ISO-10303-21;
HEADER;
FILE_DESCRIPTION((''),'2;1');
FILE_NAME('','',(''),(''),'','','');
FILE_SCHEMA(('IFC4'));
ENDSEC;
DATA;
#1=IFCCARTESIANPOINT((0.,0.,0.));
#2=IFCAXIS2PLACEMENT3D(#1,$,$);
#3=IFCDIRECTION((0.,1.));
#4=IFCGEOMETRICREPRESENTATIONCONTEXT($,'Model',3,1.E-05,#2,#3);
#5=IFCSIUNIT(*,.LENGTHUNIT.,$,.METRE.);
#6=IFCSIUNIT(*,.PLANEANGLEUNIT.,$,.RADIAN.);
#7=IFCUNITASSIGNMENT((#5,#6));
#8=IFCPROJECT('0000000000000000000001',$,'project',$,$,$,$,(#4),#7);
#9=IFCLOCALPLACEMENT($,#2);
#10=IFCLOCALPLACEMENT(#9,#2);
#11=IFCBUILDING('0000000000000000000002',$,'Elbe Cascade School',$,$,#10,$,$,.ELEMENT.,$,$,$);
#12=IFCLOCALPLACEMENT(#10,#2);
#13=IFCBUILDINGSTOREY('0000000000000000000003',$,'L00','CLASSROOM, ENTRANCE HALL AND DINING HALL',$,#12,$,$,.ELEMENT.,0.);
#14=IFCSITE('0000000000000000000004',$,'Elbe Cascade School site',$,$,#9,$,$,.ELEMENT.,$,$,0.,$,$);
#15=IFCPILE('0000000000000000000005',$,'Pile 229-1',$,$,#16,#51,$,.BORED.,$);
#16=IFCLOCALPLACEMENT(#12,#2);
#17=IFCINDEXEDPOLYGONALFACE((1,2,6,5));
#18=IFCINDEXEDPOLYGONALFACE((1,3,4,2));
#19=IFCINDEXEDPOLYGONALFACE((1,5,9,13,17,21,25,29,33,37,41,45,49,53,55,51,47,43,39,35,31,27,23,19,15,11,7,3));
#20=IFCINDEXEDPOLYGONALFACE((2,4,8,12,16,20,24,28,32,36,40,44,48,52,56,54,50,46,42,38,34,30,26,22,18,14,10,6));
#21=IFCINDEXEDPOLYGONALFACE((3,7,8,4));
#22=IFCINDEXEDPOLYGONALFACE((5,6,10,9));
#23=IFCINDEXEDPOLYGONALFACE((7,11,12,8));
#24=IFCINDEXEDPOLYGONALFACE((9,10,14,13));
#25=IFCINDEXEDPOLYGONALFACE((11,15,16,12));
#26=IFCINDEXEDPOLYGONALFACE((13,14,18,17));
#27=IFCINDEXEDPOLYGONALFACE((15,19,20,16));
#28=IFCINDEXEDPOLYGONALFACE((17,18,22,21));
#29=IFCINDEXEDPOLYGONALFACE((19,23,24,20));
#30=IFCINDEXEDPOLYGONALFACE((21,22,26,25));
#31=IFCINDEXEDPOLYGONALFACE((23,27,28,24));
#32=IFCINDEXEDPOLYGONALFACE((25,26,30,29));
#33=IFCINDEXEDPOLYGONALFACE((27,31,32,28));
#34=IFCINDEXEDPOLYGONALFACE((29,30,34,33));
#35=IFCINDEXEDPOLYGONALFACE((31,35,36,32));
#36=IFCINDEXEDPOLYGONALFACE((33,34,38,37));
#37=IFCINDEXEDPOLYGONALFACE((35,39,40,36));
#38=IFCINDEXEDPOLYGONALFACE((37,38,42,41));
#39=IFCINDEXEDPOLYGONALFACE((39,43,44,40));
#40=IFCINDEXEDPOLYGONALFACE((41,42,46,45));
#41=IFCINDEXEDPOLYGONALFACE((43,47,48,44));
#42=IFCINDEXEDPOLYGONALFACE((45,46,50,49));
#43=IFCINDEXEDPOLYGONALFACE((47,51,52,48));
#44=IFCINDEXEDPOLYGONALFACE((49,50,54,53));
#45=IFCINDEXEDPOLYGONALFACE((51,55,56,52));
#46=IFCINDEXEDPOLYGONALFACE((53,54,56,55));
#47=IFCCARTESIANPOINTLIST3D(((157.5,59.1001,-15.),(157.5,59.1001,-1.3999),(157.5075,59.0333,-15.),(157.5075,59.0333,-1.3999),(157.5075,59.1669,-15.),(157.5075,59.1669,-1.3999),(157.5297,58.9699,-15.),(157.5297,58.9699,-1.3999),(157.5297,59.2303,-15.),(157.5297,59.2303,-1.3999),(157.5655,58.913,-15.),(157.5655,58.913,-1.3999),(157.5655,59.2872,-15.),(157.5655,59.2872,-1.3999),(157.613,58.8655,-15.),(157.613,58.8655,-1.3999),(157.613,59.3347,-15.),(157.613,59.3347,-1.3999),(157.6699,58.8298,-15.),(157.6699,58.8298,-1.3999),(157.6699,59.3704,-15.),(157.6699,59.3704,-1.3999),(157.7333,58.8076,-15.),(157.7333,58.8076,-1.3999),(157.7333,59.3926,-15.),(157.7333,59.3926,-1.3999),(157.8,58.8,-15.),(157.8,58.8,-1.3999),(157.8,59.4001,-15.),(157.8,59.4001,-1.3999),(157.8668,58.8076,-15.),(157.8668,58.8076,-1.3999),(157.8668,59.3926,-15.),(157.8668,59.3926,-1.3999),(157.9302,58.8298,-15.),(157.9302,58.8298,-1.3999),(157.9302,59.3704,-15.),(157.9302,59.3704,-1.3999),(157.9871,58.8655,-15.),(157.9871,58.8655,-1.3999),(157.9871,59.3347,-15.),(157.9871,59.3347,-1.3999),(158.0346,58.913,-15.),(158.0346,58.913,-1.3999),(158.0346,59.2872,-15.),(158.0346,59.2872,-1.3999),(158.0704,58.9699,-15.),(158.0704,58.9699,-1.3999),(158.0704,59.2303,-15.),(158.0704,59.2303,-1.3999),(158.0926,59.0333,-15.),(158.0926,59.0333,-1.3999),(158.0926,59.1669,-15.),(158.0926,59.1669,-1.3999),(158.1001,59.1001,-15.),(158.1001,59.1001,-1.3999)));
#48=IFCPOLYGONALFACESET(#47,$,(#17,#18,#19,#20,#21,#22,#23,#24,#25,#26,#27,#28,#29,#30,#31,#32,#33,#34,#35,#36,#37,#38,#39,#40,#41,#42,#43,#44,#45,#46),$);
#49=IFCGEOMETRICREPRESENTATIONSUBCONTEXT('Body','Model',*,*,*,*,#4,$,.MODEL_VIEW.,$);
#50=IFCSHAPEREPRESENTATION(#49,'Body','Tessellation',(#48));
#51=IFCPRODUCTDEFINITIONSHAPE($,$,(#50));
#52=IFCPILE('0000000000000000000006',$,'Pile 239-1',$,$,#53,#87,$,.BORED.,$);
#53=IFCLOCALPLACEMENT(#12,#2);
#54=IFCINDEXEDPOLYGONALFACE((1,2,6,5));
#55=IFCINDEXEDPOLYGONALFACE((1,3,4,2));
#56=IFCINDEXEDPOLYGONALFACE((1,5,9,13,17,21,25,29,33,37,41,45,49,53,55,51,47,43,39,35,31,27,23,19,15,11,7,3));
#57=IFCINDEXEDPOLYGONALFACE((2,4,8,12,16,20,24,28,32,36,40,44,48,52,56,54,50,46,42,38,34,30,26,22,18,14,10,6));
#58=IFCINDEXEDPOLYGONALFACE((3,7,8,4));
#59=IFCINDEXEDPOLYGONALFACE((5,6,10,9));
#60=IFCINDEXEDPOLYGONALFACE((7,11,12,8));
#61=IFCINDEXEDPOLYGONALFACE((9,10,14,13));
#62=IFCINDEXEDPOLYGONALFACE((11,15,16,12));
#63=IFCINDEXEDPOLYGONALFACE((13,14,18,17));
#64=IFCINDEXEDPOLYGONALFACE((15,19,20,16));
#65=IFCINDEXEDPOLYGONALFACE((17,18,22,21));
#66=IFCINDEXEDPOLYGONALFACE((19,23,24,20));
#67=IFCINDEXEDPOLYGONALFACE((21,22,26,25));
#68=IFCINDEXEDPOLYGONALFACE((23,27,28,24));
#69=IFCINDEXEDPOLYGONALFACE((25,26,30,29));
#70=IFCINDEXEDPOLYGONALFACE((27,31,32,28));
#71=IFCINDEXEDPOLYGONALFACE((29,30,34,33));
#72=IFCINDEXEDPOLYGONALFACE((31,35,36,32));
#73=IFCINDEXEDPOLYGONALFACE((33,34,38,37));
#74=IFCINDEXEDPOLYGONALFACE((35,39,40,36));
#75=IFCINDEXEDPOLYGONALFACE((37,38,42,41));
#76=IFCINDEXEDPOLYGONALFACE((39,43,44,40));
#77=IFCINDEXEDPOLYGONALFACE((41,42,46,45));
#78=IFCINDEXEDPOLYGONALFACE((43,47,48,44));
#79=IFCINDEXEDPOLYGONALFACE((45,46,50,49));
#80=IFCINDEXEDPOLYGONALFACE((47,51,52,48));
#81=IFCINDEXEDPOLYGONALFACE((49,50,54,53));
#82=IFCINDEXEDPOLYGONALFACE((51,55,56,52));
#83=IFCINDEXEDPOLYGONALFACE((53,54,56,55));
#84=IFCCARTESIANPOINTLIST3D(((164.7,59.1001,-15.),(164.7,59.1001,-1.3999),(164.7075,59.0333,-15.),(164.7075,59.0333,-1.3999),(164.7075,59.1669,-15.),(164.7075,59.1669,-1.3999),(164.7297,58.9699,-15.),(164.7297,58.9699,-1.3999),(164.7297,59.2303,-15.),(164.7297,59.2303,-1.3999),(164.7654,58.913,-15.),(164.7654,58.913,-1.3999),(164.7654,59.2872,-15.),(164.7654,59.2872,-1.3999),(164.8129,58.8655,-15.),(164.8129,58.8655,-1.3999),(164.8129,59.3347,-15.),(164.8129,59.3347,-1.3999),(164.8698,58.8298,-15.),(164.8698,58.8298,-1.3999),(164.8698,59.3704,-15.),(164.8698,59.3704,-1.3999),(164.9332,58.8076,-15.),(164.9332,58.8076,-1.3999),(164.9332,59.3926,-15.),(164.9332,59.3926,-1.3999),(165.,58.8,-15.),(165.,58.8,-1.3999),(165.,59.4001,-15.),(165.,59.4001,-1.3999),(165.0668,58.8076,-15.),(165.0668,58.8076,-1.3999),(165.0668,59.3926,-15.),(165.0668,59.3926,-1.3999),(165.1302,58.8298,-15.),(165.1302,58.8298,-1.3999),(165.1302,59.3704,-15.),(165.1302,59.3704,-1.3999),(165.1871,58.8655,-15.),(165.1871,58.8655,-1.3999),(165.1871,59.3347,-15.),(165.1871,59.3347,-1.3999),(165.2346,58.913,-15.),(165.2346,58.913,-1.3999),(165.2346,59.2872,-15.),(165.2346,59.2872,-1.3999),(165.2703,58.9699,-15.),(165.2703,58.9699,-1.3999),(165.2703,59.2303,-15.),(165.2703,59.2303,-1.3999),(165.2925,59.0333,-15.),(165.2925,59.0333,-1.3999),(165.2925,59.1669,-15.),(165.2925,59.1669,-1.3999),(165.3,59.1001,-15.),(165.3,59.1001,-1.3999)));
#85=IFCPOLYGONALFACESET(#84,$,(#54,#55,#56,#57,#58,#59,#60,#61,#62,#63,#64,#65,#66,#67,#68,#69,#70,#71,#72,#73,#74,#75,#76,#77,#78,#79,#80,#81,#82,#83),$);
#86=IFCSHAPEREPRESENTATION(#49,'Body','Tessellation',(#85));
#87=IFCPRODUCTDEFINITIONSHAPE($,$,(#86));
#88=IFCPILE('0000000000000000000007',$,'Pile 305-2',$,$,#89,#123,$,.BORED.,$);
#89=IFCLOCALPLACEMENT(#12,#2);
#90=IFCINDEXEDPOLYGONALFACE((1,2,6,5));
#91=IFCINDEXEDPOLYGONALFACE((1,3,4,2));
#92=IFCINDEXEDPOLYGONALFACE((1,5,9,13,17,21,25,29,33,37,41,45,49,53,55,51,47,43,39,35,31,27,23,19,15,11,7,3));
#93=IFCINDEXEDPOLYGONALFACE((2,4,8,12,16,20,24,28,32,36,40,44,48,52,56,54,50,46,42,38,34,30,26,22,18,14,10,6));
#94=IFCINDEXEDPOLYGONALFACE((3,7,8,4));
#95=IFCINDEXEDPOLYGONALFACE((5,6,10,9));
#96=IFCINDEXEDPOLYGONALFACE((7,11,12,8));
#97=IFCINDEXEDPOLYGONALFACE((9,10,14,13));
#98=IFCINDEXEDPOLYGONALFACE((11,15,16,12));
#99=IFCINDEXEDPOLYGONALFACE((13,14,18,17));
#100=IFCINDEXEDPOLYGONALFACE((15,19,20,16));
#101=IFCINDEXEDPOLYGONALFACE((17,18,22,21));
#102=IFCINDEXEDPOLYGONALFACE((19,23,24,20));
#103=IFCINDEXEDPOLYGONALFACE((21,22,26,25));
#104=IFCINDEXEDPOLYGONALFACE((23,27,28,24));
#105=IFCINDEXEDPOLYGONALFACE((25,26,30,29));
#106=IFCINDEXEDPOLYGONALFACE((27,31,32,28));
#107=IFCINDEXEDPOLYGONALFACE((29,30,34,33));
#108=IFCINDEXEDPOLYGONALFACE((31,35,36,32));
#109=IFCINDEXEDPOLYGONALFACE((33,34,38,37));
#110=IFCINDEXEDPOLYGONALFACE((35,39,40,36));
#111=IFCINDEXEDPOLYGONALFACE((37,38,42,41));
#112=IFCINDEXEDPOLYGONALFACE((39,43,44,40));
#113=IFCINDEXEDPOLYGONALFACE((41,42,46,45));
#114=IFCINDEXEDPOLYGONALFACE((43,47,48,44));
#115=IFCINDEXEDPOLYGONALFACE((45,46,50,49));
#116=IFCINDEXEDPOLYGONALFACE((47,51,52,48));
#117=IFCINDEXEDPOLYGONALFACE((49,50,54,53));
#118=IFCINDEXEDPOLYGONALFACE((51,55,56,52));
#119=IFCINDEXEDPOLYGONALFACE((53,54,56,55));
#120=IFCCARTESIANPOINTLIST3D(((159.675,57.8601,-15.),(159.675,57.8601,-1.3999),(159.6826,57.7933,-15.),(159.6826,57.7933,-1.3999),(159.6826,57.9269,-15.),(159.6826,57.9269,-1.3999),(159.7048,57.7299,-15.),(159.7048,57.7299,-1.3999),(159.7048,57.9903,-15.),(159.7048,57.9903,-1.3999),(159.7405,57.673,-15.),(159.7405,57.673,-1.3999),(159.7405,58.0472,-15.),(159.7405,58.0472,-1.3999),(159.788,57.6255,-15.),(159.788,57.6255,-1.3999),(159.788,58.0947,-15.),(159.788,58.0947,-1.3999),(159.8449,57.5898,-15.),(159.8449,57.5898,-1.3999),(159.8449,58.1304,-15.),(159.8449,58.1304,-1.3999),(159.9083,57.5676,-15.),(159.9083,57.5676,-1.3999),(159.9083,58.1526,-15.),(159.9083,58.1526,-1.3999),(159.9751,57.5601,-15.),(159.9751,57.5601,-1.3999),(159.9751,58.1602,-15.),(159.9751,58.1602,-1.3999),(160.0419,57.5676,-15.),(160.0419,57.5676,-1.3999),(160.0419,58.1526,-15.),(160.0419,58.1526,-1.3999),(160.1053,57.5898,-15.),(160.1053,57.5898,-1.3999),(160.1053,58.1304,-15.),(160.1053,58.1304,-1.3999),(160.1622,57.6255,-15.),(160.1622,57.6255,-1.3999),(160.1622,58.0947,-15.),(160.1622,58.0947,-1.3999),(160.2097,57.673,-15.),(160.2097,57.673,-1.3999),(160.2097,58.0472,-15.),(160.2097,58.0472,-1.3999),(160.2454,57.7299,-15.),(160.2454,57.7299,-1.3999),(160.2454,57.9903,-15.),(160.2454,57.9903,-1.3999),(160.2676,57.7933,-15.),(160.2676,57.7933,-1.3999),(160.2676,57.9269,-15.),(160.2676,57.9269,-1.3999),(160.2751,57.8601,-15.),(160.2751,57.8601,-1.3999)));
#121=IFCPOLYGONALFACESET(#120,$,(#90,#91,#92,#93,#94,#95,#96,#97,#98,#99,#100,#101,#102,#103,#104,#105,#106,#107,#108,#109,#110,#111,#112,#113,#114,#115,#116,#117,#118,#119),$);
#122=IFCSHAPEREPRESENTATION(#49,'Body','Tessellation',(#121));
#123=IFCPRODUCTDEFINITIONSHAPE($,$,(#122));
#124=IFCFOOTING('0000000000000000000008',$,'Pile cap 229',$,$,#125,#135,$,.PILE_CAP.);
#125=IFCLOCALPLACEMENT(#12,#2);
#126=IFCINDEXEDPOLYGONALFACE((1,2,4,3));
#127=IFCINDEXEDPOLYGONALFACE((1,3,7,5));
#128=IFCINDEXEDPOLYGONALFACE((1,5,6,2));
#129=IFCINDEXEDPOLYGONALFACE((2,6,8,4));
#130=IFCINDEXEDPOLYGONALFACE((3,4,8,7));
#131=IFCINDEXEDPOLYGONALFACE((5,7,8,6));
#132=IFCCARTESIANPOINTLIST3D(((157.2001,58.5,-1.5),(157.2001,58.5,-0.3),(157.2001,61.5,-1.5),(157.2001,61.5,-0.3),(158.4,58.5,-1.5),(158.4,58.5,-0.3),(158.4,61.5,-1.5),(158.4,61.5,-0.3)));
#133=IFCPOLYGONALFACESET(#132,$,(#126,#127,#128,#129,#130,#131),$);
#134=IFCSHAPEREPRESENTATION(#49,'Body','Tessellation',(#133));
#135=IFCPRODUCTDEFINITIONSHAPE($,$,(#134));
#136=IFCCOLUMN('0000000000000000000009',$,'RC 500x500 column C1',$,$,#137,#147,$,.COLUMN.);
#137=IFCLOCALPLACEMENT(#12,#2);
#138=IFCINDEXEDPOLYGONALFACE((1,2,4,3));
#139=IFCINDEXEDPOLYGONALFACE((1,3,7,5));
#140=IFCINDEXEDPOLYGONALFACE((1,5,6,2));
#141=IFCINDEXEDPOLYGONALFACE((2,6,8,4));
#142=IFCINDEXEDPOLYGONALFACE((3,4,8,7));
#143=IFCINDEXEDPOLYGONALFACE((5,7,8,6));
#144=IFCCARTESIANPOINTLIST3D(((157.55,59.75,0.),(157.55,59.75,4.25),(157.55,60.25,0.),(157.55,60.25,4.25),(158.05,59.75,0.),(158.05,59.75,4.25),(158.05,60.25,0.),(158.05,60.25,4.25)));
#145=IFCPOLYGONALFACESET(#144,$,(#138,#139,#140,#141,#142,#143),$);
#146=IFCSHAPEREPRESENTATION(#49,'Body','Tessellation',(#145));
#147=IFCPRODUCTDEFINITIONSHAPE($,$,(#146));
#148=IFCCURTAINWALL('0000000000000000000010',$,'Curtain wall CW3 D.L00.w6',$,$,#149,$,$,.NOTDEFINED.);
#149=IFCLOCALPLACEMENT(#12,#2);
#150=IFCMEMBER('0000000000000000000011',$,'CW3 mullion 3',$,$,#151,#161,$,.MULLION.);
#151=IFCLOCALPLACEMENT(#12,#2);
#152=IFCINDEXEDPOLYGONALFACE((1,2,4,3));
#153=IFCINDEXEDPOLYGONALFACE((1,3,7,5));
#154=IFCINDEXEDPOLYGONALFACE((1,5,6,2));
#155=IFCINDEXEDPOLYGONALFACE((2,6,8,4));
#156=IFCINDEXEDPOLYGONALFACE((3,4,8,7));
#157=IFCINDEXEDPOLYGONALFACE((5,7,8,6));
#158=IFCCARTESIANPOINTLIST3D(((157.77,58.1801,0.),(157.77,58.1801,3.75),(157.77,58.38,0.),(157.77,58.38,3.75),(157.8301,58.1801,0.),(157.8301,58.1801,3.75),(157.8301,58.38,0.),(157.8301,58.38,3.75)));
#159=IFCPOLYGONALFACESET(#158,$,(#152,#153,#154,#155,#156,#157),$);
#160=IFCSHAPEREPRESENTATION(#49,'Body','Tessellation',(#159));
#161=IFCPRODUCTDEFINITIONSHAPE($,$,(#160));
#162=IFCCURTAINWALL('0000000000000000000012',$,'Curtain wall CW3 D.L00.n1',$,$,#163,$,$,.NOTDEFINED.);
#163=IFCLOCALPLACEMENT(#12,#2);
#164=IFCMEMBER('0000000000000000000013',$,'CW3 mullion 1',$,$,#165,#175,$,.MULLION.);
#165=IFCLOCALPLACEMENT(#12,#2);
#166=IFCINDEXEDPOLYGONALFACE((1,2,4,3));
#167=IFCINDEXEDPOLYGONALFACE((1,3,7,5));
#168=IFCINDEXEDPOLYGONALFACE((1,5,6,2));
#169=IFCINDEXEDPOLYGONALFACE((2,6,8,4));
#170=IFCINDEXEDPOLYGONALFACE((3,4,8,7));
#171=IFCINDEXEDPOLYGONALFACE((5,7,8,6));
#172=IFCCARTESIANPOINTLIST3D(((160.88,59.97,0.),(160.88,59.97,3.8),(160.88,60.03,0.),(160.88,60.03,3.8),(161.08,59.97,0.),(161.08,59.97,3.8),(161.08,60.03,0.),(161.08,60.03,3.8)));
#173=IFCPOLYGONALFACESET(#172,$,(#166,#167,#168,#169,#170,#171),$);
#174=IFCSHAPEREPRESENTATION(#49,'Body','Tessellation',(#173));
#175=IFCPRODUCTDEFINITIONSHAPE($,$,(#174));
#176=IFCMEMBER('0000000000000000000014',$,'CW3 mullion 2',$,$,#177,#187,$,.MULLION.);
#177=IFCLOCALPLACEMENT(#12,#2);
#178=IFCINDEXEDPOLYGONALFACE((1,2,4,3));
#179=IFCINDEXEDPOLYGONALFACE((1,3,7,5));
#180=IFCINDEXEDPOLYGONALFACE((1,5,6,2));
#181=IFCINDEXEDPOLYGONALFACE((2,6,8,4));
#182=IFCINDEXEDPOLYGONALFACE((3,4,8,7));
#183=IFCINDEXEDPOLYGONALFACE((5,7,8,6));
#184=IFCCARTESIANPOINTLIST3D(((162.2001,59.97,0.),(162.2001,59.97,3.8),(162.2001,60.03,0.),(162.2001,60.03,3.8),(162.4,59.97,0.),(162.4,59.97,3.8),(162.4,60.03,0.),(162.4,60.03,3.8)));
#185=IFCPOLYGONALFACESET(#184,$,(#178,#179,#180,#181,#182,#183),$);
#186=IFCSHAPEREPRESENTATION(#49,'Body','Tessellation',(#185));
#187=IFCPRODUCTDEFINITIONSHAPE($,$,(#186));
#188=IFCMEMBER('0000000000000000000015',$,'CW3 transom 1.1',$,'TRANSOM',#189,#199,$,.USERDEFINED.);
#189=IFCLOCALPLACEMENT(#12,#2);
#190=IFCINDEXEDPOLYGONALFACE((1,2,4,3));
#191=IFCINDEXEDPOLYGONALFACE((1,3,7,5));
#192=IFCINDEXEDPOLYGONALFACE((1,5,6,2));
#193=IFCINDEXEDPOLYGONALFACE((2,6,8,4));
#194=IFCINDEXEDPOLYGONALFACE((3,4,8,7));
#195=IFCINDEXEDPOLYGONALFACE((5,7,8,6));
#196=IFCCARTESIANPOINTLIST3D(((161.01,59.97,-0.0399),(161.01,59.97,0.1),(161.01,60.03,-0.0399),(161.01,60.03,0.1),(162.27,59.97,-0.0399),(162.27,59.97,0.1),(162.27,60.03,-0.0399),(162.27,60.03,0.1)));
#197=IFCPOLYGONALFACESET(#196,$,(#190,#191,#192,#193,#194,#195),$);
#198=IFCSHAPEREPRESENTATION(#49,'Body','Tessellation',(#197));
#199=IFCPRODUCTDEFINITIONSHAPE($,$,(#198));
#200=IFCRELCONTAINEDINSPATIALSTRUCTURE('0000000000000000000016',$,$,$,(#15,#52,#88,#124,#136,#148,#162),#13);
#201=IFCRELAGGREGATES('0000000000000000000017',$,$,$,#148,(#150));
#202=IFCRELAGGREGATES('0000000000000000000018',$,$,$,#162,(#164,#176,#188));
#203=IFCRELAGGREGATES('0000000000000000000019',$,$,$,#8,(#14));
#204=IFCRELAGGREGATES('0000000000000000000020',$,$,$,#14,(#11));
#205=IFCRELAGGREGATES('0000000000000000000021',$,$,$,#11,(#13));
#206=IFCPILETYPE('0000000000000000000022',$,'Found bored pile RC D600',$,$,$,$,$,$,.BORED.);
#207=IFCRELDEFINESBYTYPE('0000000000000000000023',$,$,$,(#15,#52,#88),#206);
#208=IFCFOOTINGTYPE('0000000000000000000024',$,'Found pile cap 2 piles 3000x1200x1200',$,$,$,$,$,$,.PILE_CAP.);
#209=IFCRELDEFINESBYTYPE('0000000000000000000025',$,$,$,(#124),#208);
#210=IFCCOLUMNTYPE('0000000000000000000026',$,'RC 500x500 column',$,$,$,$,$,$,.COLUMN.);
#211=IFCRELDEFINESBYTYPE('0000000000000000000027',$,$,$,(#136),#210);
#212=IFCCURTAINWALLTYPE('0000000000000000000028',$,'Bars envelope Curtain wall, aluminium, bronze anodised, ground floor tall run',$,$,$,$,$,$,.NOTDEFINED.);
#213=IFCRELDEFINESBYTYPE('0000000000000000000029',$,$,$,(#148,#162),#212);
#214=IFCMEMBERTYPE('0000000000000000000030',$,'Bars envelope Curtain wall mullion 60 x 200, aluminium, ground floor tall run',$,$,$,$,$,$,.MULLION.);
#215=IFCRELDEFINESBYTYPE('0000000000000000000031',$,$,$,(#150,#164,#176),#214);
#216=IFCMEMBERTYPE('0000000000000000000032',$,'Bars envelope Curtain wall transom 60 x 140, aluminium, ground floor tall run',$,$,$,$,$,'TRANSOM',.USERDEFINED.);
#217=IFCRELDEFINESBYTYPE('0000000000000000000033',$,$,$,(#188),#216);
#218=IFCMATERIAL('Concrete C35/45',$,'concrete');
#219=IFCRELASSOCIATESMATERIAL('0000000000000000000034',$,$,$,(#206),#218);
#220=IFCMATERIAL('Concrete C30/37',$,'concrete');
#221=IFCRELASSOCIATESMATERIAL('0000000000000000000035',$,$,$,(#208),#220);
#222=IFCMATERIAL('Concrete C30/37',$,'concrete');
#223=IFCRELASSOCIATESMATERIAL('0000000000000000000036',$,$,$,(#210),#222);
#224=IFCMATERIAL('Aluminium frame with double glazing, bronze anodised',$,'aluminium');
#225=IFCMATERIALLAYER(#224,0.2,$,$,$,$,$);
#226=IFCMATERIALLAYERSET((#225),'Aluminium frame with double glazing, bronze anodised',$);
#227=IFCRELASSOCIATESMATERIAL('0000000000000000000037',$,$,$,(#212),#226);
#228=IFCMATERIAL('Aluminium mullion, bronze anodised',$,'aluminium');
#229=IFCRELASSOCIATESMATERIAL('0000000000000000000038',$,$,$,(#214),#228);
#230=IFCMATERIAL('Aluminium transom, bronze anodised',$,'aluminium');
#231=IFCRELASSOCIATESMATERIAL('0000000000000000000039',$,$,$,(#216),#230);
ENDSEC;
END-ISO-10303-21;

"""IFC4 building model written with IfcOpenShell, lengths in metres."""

from ifc_helpers import new_model, si_unit, direction, frame, origin, origin_2d, place, context, subcontext, project, spatial, rectangle, circle, extrude, material, layer, layer_set, material_profile, profile_set, type_object, element, aggregate, save


model = new_model("IFC4")

# Units and contexts
model_context = context("Model", 3, precision=1e-05, world=origin(), true_north=direction((0.0, 1.0)))
body_context = subcontext(model_context, "Body", "Model", "MODEL_VIEW")
ifc_project = project(units=[si_unit("LENGTHUNIT", "METRE"), si_unit("PLANEANGLEUNIT", "RADIAN")], contexts=[model_context])

# Site, building, storey
site_placement = place(None, origin())
site = spatial("IfcSite", under=ifc_project, at=site_placement, Name="Elbe Cascade School site", CompositionType="ELEMENT", RefElevation=0.0)
building_placement = place(site_placement, origin())
building = spatial("IfcBuilding", under=site, at=building_placement, Name="Elbe Cascade School", CompositionType="ELEMENT")
storey_placement = place(building_placement, origin())
storey = spatial("IfcBuildingStorey", under=building, at=storey_placement, Name="L00", Description="CLASSROOM, ENTRANCE HALL AND DINING HALL", CompositionType="ELEMENT", Elevation=0.0)

# Piles
ifc_material_1 = material(Name="Concrete C35/45", Category="concrete")
ifc_material_profile_1 = material_profile(ifc_material_1, circle(Radius=0.3, at=origin_2d()), Name="RC D600")
ifc_profile_set_1 = profile_set([ifc_material_profile_1], Name="Concrete C35/45")
pile_type = type_object("IfcPileType", Name="Found bored pile RC D600", PredefinedType="BORED", material=ifc_profile_set_1)
for number, where, z_axis, x_axis, name in (
    (1, (157.8, 59.1001, -1.3999), (0.0, 0.0, -1.0), (1.0, 0.0, 0.0), "Pile 229-1"),
    (2, (165.0, 59.1001, -1.3999), (0.0, 0.0, -1.0), (1.0, 0.0, 0.0), "Pile 239-1"),
    (3, (159.9751, 57.8601, -1.3999), (0.0, 0.0, -1.0), (1.0, 0.0, 0.0), "Pile 305-2"),
):
    element("IfcPile", number, at=place(storey_placement, frame(where, z_axis=z_axis, x_axis=x_axis)), inside=storey, type_object=pile_type, Name=name, PredefinedType="BORED", context=body_context, shape_type="SweptSolid", body=[
        extrude(circle(Radius=0.3, at=origin_2d()), origin(), (0.0, 0.0, 1.0), 13.6001),
    ])

# Footing
ifc_material_2 = material(Name="Concrete C30/37", Category="concrete")
footing_type = type_object("IfcFootingType", Name="Found pile cap 2 piles 3000x1200x1200", PredefinedType="PILE_CAP", material=ifc_material_2)
footing_placement = place(storey_placement, frame((157.8, 60.0, -1.5), z_axis=(0.0, 0.0, 1.0), x_axis=(1.0, 0.0, 0.0)))
element("IfcFooting", 4, at=footing_placement, inside=storey, type_object=footing_type, Name="Pile cap 229", PredefinedType="PILE_CAP", context=body_context, shape_type="SweptSolid", body=[
    extrude(rectangle(XDim=1.2, YDim=3.0, at=origin_2d()), origin(), (0.0, 0.0, 1.0), 1.2),
])

# Column
ifc_material_3 = material(Name="Concrete C30/37", Category="concrete")
ifc_material_profile_2 = material_profile(ifc_material_3, rectangle(XDim=0.5, YDim=0.5, at=origin_2d()), Name="RC 500x500")
ifc_profile_set_2 = profile_set([ifc_material_profile_2], Name="Concrete C30/37")
column_type = type_object("IfcColumnType", Name="RC 500x500 column", PredefinedType="COLUMN", material=ifc_profile_set_2)
column_placement = place(storey_placement, frame((157.8, 60.0, 0.0), z_axis=(0.0, 0.0, 1.0), x_axis=(1.0, 0.0, 0.0)))
element("IfcColumn", 5, at=column_placement, inside=storey, type_object=column_type, Name="RC 500x500 column C1", PredefinedType="COLUMN", context=body_context, shape_type="SweptSolid", body=[
    extrude(rectangle(XDim=0.5, YDim=0.5, at=origin_2d()), origin(), (0.0, 0.0, 1.0), 4.25),
])

# Curtain wall, member
ifc_material_4 = material(Name="Aluminium frame with double glazing, bronze anodised", Category="aluminium")
ifc_layer_1 = layer(ifc_material_4, 0.2)
ifc_layer_set_1 = layer_set([ifc_layer_1], Name="Aluminium frame with double glazing, bronze anodised")
curtain_wall_type = type_object("IfcCurtainWallType", Name="Bars envelope Curtain wall, aluminium, bronze anodised, ground floor tall run", PredefinedType="NOTDEFINED", material=ifc_layer_set_1)
curtain_wall_1_placement = place(storey_placement, origin())
curtain_wall_1 = element("IfcCurtainWall", 6, at=curtain_wall_1_placement, inside=storey, type_object=curtain_wall_type, Name="Curtain wall CW3 D.L00.w6", PredefinedType="NOTDEFINED")
ifc_material_5 = material(Name="Aluminium mullion, bronze anodised", Category="aluminium")
ifc_material_profile_3 = material_profile(ifc_material_5, rectangle(XDim=0.0601, YDim=0.2, at=origin_2d()), Name="Bars envelope Curtain wall mullion 60 x 200, aluminium, ground floor tall run")
ifc_profile_set_3 = profile_set([ifc_material_profile_3], Name="Aluminium mullion, bronze anodised")
member_type_1 = type_object("IfcMemberType", Name="Bars envelope Curtain wall mullion 60 x 200, aluminium, ground floor tall run", PredefinedType="MULLION", material=ifc_profile_set_3)
member_1_placement = place(storey_placement, frame((157.8, 58.28, 0.0), z_axis=(0.0, 0.0, 1.0), x_axis=(-1.0, 0.0, 0.0)))
member_1 = element("IfcMember", 7, at=member_1_placement, type_object=member_type_1, Name="CW3 mullion 3", PredefinedType="MULLION", context=body_context, shape_type="SweptSolid", body=[
    extrude(rectangle(XDim=0.0601, YDim=0.2, at=origin_2d()), origin(), (0.0, 0.0, 1.0), 3.75),
])

# Curtain wall, members
curtain_wall_2_placement = place(storey_placement, origin())
curtain_wall_2 = element("IfcCurtainWall", 8, at=curtain_wall_2_placement, inside=storey, type_object=curtain_wall_type, Name="Curtain wall CW3 D.L00.n1", PredefinedType="NOTDEFINED")
member_2_placement = place(storey_placement, frame((160.98, 60.0, 0.0), z_axis=(0.0, 0.0, 1.0), x_axis=(0.0, 1.0, 0.0)))
member_2 = element("IfcMember", 9, at=member_2_placement, type_object=member_type_1, Name="CW3 mullion 1", PredefinedType="MULLION", context=body_context, shape_type="SweptSolid", body=[
    extrude(rectangle(XDim=0.0601, YDim=0.2, at=origin_2d()), origin(), (0.0, 0.0, 1.0), 3.8),
])
member_3_placement = place(storey_placement, frame((162.3, 60.0, 0.0), z_axis=(0.0, 0.0, 1.0), x_axis=(0.0, 1.0, 0.0)))
member_3 = element("IfcMember", 10, at=member_3_placement, type_object=member_type_1, Name="CW3 mullion 2", PredefinedType="MULLION", context=body_context, shape_type="SweptSolid", body=[
    extrude(rectangle(XDim=0.0601, YDim=0.2, at=origin_2d()), origin(), (0.0, 0.0, 1.0), 3.8),
])
ifc_material_6 = material(Name="Aluminium transom, bronze anodised", Category="aluminium")
ifc_material_profile_4 = material_profile(ifc_material_6, rectangle(XDim=0.0601, YDim=0.1399, at=origin_2d()), Name="Bars envelope Curtain wall transom 60 x 140, aluminium, ground floor tall run")
ifc_profile_set_4 = profile_set([ifc_material_profile_4], Name="Aluminium transom, bronze anodised")
member_type_2 = type_object("IfcMemberType", Name="Bars envelope Curtain wall transom 60 x 140, aluminium, ground floor tall run", ElementType="TRANSOM", PredefinedType="USERDEFINED", material=ifc_profile_set_4)
member_4_placement = place(storey_placement, frame((161.01, 60.0, 0.03), z_axis=(1.0, 0.0, 0.0), x_axis=(0.0, 1.0, 0.0)))
member_4 = element("IfcMember", 11, at=member_4_placement, type_object=member_type_2, Name="CW3 transom 1.1", ObjectType="TRANSOM", PredefinedType="USERDEFINED", context=body_context, shape_type="SweptSolid", body=[
    extrude(rectangle(XDim=0.0601, YDim=0.1399, at=origin_2d()), origin(), (0.0, 0.0, 1.0), 1.26),
])

aggregate(curtain_wall_1, [member_1])
aggregate(curtain_wall_2, [member_2, member_3, member_4])

save(model, "model.ifc")
